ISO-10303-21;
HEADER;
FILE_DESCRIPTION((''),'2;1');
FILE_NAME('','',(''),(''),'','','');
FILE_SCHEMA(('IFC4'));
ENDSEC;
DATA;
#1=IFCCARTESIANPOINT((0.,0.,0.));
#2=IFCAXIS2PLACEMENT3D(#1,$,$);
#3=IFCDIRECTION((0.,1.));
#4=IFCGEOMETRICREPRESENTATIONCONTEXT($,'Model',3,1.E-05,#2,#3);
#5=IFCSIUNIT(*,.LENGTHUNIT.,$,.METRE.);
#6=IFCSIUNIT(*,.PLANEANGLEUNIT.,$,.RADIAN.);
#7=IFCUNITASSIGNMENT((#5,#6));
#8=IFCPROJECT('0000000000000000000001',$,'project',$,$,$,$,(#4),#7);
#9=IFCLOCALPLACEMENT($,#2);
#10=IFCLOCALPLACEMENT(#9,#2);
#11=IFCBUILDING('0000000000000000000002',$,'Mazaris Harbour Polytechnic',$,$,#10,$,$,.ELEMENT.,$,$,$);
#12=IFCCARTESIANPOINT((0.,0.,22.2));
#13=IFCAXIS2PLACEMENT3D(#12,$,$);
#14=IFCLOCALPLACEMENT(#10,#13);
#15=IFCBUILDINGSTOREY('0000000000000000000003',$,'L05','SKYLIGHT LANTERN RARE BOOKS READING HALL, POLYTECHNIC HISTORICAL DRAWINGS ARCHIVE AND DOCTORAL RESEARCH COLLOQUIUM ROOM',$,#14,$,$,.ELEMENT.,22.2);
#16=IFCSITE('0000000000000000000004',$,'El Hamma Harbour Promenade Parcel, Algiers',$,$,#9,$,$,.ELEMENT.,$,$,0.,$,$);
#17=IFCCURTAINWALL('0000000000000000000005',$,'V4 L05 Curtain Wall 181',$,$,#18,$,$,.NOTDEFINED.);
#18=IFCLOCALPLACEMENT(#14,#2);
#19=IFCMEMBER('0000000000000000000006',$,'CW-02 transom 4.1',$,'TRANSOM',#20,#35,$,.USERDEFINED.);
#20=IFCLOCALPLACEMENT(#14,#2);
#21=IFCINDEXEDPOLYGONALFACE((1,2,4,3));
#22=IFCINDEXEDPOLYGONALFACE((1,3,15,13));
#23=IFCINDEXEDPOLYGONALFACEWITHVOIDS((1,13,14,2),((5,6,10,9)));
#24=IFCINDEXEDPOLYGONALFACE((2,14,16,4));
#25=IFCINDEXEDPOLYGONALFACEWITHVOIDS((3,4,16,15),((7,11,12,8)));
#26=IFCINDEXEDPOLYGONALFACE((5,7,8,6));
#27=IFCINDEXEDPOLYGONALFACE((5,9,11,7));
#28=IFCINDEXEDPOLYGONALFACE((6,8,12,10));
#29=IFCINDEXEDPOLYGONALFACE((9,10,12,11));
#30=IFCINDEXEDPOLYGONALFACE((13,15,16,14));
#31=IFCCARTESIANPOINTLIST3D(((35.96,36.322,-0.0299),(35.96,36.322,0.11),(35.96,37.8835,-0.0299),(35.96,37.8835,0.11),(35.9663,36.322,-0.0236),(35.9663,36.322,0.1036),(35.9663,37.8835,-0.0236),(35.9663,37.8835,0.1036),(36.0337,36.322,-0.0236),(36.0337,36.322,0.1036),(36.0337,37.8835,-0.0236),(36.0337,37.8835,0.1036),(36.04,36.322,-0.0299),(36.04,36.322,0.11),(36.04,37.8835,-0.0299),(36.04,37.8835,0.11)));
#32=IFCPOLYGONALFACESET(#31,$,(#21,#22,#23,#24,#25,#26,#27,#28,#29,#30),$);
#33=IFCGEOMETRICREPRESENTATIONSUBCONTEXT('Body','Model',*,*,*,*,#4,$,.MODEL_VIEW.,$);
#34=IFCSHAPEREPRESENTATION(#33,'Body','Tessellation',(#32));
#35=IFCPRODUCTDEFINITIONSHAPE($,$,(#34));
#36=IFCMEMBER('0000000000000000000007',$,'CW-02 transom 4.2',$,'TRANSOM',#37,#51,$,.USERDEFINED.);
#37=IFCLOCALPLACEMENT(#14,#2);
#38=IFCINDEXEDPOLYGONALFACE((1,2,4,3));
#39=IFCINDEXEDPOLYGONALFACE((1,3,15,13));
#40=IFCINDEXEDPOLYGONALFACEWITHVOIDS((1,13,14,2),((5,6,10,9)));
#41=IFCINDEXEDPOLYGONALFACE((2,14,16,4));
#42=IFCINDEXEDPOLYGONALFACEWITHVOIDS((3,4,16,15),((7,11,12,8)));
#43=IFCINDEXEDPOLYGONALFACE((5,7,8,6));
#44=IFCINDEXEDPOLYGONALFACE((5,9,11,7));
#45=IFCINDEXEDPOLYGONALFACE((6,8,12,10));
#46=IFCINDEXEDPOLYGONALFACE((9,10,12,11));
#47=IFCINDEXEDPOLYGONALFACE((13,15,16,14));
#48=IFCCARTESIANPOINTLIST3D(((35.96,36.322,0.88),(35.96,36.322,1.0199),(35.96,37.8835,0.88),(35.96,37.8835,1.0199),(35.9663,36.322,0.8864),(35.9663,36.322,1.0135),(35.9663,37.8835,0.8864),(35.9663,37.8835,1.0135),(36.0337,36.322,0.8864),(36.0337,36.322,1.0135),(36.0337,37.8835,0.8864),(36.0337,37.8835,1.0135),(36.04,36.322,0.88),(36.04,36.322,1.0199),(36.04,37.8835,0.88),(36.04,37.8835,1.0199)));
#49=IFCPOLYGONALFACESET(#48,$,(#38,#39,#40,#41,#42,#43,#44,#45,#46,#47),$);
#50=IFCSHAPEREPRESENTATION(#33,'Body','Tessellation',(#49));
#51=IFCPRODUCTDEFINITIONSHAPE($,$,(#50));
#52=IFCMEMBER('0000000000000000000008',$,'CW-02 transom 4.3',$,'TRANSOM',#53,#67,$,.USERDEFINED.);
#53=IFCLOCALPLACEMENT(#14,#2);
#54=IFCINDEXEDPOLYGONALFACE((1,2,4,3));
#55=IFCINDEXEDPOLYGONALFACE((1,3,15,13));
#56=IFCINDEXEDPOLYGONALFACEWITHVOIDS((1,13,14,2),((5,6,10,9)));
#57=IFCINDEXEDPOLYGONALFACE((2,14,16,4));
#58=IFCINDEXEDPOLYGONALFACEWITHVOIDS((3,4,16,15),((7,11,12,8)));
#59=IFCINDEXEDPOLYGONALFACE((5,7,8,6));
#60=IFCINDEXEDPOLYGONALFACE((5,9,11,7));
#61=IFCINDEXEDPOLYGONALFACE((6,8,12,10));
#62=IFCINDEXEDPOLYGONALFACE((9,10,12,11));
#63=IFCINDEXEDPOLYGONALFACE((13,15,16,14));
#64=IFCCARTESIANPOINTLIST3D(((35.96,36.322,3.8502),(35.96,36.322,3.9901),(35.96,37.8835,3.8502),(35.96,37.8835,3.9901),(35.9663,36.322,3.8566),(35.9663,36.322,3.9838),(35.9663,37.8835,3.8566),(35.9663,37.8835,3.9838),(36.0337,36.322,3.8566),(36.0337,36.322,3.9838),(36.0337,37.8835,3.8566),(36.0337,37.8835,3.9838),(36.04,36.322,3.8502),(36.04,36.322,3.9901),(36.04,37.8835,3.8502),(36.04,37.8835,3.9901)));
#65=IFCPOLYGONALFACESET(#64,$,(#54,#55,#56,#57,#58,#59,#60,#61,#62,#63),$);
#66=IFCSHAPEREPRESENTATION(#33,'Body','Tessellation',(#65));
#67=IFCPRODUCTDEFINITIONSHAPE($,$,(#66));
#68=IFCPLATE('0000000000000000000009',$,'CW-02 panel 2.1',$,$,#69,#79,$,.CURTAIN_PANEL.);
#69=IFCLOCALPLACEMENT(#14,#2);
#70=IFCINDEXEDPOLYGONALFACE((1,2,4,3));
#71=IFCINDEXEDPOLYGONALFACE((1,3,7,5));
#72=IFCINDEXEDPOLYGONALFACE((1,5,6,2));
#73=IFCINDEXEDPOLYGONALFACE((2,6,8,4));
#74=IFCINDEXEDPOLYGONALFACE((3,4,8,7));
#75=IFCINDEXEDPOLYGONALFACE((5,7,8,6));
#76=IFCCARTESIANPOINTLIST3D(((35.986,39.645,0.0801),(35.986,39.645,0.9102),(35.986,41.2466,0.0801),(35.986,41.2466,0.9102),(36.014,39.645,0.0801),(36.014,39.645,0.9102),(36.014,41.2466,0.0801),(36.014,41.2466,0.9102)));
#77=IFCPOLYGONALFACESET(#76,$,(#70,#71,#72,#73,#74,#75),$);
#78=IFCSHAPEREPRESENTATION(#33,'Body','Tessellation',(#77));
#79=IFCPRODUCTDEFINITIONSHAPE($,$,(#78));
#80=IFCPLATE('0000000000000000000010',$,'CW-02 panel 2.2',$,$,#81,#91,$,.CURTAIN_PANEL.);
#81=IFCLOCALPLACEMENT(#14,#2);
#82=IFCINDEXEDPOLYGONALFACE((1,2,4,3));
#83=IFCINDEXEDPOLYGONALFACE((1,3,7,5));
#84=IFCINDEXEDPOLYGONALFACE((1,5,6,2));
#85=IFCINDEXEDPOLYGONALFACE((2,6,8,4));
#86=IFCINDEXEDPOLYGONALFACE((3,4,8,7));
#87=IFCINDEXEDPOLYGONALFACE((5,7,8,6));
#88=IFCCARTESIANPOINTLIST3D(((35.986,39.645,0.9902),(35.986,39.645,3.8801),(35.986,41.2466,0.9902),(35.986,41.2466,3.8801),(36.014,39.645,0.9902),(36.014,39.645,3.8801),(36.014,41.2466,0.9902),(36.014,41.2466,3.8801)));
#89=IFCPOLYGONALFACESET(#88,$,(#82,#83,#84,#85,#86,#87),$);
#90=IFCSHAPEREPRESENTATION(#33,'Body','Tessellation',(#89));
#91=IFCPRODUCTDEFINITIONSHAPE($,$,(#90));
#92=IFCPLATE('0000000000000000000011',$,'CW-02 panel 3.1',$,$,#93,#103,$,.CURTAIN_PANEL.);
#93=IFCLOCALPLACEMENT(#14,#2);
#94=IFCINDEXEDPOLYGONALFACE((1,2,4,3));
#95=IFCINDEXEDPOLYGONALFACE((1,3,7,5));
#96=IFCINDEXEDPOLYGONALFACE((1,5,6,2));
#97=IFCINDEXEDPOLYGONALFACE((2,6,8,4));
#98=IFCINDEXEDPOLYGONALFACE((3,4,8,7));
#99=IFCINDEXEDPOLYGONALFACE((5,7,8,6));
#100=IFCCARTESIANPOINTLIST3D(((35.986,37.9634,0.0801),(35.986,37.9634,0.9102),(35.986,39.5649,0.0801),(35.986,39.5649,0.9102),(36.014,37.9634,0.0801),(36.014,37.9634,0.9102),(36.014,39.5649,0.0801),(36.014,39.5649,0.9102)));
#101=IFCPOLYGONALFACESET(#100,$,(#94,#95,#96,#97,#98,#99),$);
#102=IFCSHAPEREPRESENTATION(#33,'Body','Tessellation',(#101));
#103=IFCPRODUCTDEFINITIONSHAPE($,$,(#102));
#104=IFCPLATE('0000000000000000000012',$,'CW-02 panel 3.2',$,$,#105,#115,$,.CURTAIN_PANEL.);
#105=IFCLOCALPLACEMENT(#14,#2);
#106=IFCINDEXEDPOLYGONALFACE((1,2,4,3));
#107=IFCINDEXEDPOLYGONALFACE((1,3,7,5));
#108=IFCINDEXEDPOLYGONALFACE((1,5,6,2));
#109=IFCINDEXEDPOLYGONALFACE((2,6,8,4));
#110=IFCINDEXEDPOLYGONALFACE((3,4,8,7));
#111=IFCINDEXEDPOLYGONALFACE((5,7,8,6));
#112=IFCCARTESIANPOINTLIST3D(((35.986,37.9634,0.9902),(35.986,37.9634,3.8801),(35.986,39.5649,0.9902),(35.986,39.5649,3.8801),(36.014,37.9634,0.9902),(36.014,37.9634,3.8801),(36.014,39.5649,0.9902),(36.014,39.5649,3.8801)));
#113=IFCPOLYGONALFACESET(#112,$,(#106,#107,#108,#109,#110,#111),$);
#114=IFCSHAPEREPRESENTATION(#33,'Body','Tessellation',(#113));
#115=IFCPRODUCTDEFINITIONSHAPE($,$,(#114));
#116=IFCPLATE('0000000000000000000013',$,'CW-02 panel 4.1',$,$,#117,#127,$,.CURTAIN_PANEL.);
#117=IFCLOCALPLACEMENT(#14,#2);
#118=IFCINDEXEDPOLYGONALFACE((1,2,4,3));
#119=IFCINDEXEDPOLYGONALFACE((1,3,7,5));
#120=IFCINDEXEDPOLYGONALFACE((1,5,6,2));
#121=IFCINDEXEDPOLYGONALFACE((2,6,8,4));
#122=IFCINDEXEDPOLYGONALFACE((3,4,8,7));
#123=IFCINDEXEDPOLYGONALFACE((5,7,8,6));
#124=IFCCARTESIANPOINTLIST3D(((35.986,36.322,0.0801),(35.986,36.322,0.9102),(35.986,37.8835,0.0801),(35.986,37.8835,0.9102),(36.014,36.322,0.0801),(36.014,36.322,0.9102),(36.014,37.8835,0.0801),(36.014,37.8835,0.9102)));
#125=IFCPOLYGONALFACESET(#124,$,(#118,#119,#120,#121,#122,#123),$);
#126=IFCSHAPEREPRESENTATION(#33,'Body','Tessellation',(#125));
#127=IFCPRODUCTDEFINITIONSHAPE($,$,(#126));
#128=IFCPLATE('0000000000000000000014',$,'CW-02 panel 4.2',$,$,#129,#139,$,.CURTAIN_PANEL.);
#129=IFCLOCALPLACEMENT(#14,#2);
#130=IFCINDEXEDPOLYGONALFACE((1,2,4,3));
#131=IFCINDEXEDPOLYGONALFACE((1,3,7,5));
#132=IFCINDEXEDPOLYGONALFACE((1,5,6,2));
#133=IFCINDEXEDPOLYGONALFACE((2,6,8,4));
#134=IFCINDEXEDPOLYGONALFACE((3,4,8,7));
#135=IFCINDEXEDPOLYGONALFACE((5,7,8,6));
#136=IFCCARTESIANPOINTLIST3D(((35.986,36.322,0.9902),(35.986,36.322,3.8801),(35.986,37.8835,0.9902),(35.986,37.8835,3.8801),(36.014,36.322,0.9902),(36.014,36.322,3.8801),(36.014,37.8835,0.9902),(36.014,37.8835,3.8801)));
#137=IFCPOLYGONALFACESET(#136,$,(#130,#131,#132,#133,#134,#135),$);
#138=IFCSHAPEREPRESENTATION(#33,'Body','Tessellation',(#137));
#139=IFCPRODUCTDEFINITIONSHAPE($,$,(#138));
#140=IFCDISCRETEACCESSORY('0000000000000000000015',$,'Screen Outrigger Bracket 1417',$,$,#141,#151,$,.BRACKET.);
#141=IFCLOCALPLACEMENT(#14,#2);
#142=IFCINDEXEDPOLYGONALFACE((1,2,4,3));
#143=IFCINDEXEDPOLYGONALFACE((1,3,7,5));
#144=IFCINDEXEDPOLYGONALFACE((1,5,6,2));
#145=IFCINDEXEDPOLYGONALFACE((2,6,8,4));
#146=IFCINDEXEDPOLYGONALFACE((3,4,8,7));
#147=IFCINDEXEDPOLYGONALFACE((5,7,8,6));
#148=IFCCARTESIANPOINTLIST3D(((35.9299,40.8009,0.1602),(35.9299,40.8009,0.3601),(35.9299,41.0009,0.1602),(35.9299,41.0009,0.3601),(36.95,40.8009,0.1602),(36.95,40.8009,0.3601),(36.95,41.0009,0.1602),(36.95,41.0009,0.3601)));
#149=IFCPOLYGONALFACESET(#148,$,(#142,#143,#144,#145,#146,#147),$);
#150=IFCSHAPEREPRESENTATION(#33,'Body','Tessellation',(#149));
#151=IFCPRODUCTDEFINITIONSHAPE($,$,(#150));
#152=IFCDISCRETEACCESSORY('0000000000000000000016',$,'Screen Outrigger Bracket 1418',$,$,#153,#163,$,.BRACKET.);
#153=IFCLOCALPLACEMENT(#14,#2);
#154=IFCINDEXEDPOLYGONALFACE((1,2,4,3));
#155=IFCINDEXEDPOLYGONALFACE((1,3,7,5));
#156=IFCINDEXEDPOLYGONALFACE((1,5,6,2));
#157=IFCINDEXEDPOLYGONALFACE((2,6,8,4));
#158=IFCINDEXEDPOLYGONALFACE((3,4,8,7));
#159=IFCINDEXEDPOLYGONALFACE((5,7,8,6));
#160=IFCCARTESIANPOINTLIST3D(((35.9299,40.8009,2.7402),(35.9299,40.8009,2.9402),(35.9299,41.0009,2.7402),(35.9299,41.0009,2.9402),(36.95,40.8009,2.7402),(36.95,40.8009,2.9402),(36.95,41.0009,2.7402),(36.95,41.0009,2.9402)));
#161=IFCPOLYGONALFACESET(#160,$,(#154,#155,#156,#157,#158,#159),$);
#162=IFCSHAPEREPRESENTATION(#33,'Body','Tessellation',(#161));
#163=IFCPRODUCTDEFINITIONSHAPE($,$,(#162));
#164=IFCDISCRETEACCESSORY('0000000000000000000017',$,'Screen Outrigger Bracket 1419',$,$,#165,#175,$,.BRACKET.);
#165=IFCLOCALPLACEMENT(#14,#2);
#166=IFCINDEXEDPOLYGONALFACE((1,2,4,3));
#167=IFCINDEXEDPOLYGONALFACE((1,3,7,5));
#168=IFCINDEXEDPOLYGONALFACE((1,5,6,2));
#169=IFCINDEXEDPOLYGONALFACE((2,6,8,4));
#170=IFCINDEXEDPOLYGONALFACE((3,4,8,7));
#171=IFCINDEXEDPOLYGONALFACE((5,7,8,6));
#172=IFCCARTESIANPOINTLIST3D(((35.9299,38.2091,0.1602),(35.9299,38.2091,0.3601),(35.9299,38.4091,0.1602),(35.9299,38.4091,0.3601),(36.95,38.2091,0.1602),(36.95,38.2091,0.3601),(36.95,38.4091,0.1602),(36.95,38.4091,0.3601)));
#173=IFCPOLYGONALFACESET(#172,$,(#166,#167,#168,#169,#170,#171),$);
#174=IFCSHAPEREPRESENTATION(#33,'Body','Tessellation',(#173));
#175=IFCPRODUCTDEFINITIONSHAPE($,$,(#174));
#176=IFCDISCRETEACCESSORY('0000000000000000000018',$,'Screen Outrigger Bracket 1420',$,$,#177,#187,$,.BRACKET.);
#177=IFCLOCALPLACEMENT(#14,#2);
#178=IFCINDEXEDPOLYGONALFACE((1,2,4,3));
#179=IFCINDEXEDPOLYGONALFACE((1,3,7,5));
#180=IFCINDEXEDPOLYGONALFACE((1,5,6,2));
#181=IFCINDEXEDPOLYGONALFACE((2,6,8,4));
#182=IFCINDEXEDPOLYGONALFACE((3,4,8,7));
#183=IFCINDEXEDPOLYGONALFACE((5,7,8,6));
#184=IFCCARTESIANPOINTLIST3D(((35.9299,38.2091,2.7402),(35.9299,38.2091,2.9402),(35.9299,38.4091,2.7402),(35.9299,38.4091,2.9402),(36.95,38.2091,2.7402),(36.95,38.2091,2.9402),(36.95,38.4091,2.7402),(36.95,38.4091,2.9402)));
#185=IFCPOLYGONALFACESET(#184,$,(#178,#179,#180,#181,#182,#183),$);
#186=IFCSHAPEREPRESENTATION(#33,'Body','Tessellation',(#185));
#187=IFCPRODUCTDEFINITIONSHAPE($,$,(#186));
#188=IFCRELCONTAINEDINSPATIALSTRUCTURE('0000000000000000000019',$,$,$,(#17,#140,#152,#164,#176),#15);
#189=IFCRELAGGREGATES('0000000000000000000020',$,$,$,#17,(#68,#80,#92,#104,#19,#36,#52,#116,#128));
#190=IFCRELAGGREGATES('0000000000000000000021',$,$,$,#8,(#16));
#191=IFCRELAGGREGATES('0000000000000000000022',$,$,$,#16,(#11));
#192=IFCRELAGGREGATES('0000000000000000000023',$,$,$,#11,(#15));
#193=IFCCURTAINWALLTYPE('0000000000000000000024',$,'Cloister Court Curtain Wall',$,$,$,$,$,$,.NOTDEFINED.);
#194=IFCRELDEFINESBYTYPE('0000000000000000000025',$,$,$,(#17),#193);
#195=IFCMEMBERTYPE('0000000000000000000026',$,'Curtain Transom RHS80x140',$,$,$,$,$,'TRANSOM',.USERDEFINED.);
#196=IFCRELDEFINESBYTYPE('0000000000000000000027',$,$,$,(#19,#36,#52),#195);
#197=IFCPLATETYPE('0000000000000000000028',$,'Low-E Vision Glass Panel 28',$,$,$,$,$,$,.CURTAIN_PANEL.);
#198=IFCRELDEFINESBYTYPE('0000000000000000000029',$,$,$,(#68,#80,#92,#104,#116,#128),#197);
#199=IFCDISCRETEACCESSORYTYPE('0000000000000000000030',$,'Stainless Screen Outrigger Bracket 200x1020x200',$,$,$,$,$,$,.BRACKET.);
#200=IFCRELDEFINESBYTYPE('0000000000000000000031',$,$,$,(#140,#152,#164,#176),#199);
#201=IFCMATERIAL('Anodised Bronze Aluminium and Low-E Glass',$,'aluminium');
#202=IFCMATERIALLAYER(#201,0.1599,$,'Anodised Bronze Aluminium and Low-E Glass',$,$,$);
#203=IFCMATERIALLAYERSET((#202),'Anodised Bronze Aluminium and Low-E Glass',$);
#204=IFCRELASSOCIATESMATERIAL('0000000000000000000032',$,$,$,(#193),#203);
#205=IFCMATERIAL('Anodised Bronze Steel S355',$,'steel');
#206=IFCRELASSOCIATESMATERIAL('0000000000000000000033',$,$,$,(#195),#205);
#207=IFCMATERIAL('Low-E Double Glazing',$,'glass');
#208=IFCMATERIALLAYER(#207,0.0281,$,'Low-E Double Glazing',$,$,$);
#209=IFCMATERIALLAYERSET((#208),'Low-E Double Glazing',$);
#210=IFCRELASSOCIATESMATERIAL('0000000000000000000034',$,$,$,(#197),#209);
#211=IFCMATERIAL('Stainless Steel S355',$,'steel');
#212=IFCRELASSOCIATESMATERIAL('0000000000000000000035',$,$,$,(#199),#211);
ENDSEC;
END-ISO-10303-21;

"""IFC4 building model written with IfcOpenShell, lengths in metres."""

from ifc_helpers import new_model, si_unit, direction, frame, origin, origin_2d, place, context, subcontext, project, spatial, rectangle, hollow_rectangle, extrude, material, layer, layer_set, material_profile, profile_set, type_object, element, aggregate, save


model = new_model("IFC4")

# Units and contexts
model_context = context("Model", 3, precision=1e-05, world=origin(), true_north=direction((0.0, 1.0)))
body_context = subcontext(model_context, "Body", "Model", "MODEL_VIEW")
ifc_project = project(units=[si_unit("LENGTHUNIT", "METRE"), si_unit("PLANEANGLEUNIT", "RADIAN")], contexts=[model_context])

# Site, building, storey
site_placement = place(None, origin())
site = spatial("IfcSite", under=ifc_project, at=site_placement, Name="El Hamma Harbour Promenade Parcel, Algiers", CompositionType="ELEMENT", RefElevation=0.0)
building_placement = place(site_placement, origin())
building = spatial("IfcBuilding", under=site, at=building_placement, Name="Mazaris Harbour Polytechnic", CompositionType="ELEMENT")
storey_placement = place(building_placement, frame((0.0, 0.0, 22.2)))
storey = spatial("IfcBuildingStorey", under=building, at=storey_placement, Name="L05", Description="SKYLIGHT LANTERN RARE BOOKS READING HALL, POLYTECHNIC HISTORICAL DRAWINGS ARCHIVE AND DOCTORAL RESEARCH COLLOQUIUM ROOM", CompositionType="ELEMENT", Elevation=22.2)

# Curtain wall, members, plates
ifc_material_1 = material(Name="Anodised Bronze Aluminium and Low-E Glass", Category="aluminium")
ifc_layer_1 = layer(ifc_material_1, 0.1599, Name="Anodised Bronze Aluminium and Low-E Glass")
ifc_layer_set_1 = layer_set([ifc_layer_1], Name="Anodised Bronze Aluminium and Low-E Glass")
curtain_wall_type = type_object("IfcCurtainWallType", Name="Cloister Court Curtain Wall", PredefinedType="NOTDEFINED", material=ifc_layer_set_1)
curtain_wall_placement = place(storey_placement, origin())
curtain_wall = element("IfcCurtainWall", 1, at=curtain_wall_placement, inside=storey, type_object=curtain_wall_type, Name="V4 L05 Curtain Wall 181", PredefinedType="NOTDEFINED")
ifc_material_2 = material(Name="Anodised Bronze Steel S355", Category="steel")
ifc_material_profile_1 = material_profile(ifc_material_2, hollow_rectangle(XDim=0.0801, YDim=0.1399, WallThickness=0.0063, at=origin_2d()), Name="RHS 80x140x6.3")
ifc_profile_set_1 = profile_set([ifc_material_profile_1], Name="Anodised Bronze Steel S355")
member_type_1 = type_object("IfcMemberType", Name="Curtain Transom RHS80x140", ElementType="TRANSOM", PredefinedType="USERDEFINED", material=ifc_profile_set_1)
member_1_placement = place(storey_placement, frame((36.0, 37.8835, 0.04), z_axis=(0.0, -1.0, 0.0), x_axis=(1.0, 0.0, 0.0)))
member_1 = element("IfcMember", 2, at=member_1_placement, type_object=member_type_1, Name="CW-02 transom 4.1", ObjectType="TRANSOM", PredefinedType="USERDEFINED", context=body_context, shape_type="SweptSolid", body=[
    extrude(hollow_rectangle(XDim=0.0801, YDim=0.1399, WallThickness=0.0063, at=origin_2d()), origin(), (0.0, 0.0, 1.0), 1.5615),
])
member_2_placement = place(storey_placement, frame((36.0, 37.8835, 0.95), z_axis=(0.0, -1.0, 0.0), x_axis=(1.0, 0.0, 0.0)))
member_2 = element("IfcMember", 3, at=member_2_placement, type_object=member_type_1, Name="CW-02 transom 4.2", ObjectType="TRANSOM", PredefinedType="USERDEFINED", context=body_context, shape_type="SweptSolid", body=[
    extrude(hollow_rectangle(XDim=0.0801, YDim=0.1399, WallThickness=0.0063, at=origin_2d()), origin(), (0.0, 0.0, 1.0), 1.5615),
])
member_3_placement = place(storey_placement, frame((36.0, 37.8835, 3.9202), z_axis=(0.0, -1.0, 0.0), x_axis=(1.0, 0.0, 0.0)))
member_3 = element("IfcMember", 4, at=member_3_placement, type_object=member_type_1, Name="CW-02 transom 4.3", ObjectType="TRANSOM", PredefinedType="USERDEFINED", context=body_context, shape_type="SweptSolid", body=[
    extrude(hollow_rectangle(XDim=0.0801, YDim=0.1399, WallThickness=0.0063, at=origin_2d()), origin(), (0.0, 0.0, 1.0), 1.5615),
])
ifc_material_3 = material(Name="Low-E Double Glazing", Category="glass")
ifc_layer_2 = layer(ifc_material_3, 0.0281, Name="Low-E Double Glazing")
ifc_layer_set_2 = layer_set([ifc_layer_2], Name="Low-E Double Glazing")
plate_type = type_object("IfcPlateType", Name="Low-E Vision Glass Panel 28", PredefinedType="CURTAIN_PANEL", material=ifc_layer_set_2)
plate_1_placement = place(storey_placement, frame((36.0, 40.4458, 0.0801), z_axis=(0.0, 0.0, 1.0), x_axis=(0.0, -1.0, 0.0)))
plate_1 = element("IfcPlate", 5, at=plate_1_placement, type_object=plate_type, Name="CW-02 panel 2.1", PredefinedType="CURTAIN_PANEL", context=body_context, shape_type="SweptSolid", body=[
    extrude(rectangle(XDim=1.6016, YDim=0.0281, at=origin_2d()), origin(), (0.0, 0.0, 1.0), 0.8301),
])
plate_2_placement = place(storey_placement, frame((36.0, 40.4458, 0.9902), z_axis=(0.0, 0.0, 1.0), x_axis=(0.0, -1.0, 0.0)))
plate_2 = element("IfcPlate", 6, at=plate_2_placement, type_object=plate_type, Name="CW-02 panel 2.2", PredefinedType="CURTAIN_PANEL", context=body_context, shape_type="SweptSolid", body=[
    extrude(rectangle(XDim=1.6016, YDim=0.0281, at=origin_2d()), origin(), (0.0, 0.0, 1.0), 2.8899),
])
plate_3_placement = place(storey_placement, frame((36.0, 38.7642, 0.0801), z_axis=(0.0, 0.0, 1.0), x_axis=(0.0, -1.0, 0.0)))
plate_3 = element("IfcPlate", 7, at=plate_3_placement, type_object=plate_type, Name="CW-02 panel 3.1", PredefinedType="CURTAIN_PANEL", context=body_context, shape_type="SweptSolid", body=[
    extrude(rectangle(XDim=1.6016, YDim=0.0281, at=origin_2d()), origin(), (0.0, 0.0, 1.0), 0.8301),
])
plate_4_placement = place(storey_placement, frame((36.0, 38.7642, 0.9902), z_axis=(0.0, 0.0, 1.0), x_axis=(0.0, -1.0, 0.0)))
plate_4 = element("IfcPlate", 8, at=plate_4_placement, type_object=plate_type, Name="CW-02 panel 3.2", PredefinedType="CURTAIN_PANEL", context=body_context, shape_type="SweptSolid", body=[
    extrude(rectangle(XDim=1.6016, YDim=0.0281, at=origin_2d()), origin(), (0.0, 0.0, 1.0), 2.8899),
])
plate_5_placement = place(storey_placement, frame((36.0, 37.1028, 0.0801), z_axis=(0.0, 0.0, 1.0), x_axis=(0.0, -1.0, 0.0)))
plate_5 = element("IfcPlate", 9, at=plate_5_placement, type_object=plate_type, Name="CW-02 panel 4.1", PredefinedType="CURTAIN_PANEL", context=body_context, shape_type="SweptSolid", body=[
    extrude(rectangle(XDim=1.5615, YDim=0.0281, at=origin_2d()), origin(), (0.0, 0.0, 1.0), 0.8301),
])
plate_6_placement = place(storey_placement, frame((36.0, 37.1028, 0.9902), z_axis=(0.0, 0.0, 1.0), x_axis=(0.0, -1.0, 0.0)))
plate_6 = element("IfcPlate", 10, at=plate_6_placement, type_object=plate_type, Name="CW-02 panel 4.2", PredefinedType="CURTAIN_PANEL", context=body_context, shape_type="SweptSolid", body=[
    extrude(rectangle(XDim=1.5615, YDim=0.0281, at=origin_2d()), origin(), (0.0, 0.0, 1.0), 2.8899),
])
aggregate(curtain_wall, [plate_1, plate_2, plate_3, plate_4, member_1, member_2, member_3, plate_5, plate_6])

# Discrete accessories
ifc_material_4 = material(Name="Stainless Steel S355", Category="steel")
discrete_accessory_type = type_object("IfcDiscreteAccessoryType", Name="Stainless Screen Outrigger Bracket 200x1020x200", PredefinedType="BRACKET", material=ifc_material_4)
for number, where, z_axis, x_axis, name in (
    (11, (36.4399, 40.9009, 0.1602), (0.0, 0.0, 1.0), (0.0, -1.0, 0.0), "Screen Outrigger Bracket 1417"),
    (12, (36.4399, 40.9009, 2.7402), (0.0, 0.0, 1.0), (0.0, -1.0, 0.0), "Screen Outrigger Bracket 1418"),
    (13, (36.4399, 38.3091, 0.1602), (0.0, 0.0, 1.0), (0.0, -1.0, 0.0), "Screen Outrigger Bracket 1419"),
    (14, (36.4399, 38.3091, 2.7402), (0.0, 0.0, 1.0), (0.0, -1.0, 0.0), "Screen Outrigger Bracket 1420"),
):
    element("IfcDiscreteAccessory", number, at=place(storey_placement, frame(where, z_axis=z_axis, x_axis=x_axis)), inside=storey, type_object=discrete_accessory_type, Name=name, PredefinedType="BRACKET", context=body_context, shape_type="SweptSolid", body=[
        extrude(rectangle(XDim=0.2, YDim=1.02, at=origin_2d()), origin(), (0.0, 0.0, 1.0), 0.2),
    ])

save(model, "model.ifc")
